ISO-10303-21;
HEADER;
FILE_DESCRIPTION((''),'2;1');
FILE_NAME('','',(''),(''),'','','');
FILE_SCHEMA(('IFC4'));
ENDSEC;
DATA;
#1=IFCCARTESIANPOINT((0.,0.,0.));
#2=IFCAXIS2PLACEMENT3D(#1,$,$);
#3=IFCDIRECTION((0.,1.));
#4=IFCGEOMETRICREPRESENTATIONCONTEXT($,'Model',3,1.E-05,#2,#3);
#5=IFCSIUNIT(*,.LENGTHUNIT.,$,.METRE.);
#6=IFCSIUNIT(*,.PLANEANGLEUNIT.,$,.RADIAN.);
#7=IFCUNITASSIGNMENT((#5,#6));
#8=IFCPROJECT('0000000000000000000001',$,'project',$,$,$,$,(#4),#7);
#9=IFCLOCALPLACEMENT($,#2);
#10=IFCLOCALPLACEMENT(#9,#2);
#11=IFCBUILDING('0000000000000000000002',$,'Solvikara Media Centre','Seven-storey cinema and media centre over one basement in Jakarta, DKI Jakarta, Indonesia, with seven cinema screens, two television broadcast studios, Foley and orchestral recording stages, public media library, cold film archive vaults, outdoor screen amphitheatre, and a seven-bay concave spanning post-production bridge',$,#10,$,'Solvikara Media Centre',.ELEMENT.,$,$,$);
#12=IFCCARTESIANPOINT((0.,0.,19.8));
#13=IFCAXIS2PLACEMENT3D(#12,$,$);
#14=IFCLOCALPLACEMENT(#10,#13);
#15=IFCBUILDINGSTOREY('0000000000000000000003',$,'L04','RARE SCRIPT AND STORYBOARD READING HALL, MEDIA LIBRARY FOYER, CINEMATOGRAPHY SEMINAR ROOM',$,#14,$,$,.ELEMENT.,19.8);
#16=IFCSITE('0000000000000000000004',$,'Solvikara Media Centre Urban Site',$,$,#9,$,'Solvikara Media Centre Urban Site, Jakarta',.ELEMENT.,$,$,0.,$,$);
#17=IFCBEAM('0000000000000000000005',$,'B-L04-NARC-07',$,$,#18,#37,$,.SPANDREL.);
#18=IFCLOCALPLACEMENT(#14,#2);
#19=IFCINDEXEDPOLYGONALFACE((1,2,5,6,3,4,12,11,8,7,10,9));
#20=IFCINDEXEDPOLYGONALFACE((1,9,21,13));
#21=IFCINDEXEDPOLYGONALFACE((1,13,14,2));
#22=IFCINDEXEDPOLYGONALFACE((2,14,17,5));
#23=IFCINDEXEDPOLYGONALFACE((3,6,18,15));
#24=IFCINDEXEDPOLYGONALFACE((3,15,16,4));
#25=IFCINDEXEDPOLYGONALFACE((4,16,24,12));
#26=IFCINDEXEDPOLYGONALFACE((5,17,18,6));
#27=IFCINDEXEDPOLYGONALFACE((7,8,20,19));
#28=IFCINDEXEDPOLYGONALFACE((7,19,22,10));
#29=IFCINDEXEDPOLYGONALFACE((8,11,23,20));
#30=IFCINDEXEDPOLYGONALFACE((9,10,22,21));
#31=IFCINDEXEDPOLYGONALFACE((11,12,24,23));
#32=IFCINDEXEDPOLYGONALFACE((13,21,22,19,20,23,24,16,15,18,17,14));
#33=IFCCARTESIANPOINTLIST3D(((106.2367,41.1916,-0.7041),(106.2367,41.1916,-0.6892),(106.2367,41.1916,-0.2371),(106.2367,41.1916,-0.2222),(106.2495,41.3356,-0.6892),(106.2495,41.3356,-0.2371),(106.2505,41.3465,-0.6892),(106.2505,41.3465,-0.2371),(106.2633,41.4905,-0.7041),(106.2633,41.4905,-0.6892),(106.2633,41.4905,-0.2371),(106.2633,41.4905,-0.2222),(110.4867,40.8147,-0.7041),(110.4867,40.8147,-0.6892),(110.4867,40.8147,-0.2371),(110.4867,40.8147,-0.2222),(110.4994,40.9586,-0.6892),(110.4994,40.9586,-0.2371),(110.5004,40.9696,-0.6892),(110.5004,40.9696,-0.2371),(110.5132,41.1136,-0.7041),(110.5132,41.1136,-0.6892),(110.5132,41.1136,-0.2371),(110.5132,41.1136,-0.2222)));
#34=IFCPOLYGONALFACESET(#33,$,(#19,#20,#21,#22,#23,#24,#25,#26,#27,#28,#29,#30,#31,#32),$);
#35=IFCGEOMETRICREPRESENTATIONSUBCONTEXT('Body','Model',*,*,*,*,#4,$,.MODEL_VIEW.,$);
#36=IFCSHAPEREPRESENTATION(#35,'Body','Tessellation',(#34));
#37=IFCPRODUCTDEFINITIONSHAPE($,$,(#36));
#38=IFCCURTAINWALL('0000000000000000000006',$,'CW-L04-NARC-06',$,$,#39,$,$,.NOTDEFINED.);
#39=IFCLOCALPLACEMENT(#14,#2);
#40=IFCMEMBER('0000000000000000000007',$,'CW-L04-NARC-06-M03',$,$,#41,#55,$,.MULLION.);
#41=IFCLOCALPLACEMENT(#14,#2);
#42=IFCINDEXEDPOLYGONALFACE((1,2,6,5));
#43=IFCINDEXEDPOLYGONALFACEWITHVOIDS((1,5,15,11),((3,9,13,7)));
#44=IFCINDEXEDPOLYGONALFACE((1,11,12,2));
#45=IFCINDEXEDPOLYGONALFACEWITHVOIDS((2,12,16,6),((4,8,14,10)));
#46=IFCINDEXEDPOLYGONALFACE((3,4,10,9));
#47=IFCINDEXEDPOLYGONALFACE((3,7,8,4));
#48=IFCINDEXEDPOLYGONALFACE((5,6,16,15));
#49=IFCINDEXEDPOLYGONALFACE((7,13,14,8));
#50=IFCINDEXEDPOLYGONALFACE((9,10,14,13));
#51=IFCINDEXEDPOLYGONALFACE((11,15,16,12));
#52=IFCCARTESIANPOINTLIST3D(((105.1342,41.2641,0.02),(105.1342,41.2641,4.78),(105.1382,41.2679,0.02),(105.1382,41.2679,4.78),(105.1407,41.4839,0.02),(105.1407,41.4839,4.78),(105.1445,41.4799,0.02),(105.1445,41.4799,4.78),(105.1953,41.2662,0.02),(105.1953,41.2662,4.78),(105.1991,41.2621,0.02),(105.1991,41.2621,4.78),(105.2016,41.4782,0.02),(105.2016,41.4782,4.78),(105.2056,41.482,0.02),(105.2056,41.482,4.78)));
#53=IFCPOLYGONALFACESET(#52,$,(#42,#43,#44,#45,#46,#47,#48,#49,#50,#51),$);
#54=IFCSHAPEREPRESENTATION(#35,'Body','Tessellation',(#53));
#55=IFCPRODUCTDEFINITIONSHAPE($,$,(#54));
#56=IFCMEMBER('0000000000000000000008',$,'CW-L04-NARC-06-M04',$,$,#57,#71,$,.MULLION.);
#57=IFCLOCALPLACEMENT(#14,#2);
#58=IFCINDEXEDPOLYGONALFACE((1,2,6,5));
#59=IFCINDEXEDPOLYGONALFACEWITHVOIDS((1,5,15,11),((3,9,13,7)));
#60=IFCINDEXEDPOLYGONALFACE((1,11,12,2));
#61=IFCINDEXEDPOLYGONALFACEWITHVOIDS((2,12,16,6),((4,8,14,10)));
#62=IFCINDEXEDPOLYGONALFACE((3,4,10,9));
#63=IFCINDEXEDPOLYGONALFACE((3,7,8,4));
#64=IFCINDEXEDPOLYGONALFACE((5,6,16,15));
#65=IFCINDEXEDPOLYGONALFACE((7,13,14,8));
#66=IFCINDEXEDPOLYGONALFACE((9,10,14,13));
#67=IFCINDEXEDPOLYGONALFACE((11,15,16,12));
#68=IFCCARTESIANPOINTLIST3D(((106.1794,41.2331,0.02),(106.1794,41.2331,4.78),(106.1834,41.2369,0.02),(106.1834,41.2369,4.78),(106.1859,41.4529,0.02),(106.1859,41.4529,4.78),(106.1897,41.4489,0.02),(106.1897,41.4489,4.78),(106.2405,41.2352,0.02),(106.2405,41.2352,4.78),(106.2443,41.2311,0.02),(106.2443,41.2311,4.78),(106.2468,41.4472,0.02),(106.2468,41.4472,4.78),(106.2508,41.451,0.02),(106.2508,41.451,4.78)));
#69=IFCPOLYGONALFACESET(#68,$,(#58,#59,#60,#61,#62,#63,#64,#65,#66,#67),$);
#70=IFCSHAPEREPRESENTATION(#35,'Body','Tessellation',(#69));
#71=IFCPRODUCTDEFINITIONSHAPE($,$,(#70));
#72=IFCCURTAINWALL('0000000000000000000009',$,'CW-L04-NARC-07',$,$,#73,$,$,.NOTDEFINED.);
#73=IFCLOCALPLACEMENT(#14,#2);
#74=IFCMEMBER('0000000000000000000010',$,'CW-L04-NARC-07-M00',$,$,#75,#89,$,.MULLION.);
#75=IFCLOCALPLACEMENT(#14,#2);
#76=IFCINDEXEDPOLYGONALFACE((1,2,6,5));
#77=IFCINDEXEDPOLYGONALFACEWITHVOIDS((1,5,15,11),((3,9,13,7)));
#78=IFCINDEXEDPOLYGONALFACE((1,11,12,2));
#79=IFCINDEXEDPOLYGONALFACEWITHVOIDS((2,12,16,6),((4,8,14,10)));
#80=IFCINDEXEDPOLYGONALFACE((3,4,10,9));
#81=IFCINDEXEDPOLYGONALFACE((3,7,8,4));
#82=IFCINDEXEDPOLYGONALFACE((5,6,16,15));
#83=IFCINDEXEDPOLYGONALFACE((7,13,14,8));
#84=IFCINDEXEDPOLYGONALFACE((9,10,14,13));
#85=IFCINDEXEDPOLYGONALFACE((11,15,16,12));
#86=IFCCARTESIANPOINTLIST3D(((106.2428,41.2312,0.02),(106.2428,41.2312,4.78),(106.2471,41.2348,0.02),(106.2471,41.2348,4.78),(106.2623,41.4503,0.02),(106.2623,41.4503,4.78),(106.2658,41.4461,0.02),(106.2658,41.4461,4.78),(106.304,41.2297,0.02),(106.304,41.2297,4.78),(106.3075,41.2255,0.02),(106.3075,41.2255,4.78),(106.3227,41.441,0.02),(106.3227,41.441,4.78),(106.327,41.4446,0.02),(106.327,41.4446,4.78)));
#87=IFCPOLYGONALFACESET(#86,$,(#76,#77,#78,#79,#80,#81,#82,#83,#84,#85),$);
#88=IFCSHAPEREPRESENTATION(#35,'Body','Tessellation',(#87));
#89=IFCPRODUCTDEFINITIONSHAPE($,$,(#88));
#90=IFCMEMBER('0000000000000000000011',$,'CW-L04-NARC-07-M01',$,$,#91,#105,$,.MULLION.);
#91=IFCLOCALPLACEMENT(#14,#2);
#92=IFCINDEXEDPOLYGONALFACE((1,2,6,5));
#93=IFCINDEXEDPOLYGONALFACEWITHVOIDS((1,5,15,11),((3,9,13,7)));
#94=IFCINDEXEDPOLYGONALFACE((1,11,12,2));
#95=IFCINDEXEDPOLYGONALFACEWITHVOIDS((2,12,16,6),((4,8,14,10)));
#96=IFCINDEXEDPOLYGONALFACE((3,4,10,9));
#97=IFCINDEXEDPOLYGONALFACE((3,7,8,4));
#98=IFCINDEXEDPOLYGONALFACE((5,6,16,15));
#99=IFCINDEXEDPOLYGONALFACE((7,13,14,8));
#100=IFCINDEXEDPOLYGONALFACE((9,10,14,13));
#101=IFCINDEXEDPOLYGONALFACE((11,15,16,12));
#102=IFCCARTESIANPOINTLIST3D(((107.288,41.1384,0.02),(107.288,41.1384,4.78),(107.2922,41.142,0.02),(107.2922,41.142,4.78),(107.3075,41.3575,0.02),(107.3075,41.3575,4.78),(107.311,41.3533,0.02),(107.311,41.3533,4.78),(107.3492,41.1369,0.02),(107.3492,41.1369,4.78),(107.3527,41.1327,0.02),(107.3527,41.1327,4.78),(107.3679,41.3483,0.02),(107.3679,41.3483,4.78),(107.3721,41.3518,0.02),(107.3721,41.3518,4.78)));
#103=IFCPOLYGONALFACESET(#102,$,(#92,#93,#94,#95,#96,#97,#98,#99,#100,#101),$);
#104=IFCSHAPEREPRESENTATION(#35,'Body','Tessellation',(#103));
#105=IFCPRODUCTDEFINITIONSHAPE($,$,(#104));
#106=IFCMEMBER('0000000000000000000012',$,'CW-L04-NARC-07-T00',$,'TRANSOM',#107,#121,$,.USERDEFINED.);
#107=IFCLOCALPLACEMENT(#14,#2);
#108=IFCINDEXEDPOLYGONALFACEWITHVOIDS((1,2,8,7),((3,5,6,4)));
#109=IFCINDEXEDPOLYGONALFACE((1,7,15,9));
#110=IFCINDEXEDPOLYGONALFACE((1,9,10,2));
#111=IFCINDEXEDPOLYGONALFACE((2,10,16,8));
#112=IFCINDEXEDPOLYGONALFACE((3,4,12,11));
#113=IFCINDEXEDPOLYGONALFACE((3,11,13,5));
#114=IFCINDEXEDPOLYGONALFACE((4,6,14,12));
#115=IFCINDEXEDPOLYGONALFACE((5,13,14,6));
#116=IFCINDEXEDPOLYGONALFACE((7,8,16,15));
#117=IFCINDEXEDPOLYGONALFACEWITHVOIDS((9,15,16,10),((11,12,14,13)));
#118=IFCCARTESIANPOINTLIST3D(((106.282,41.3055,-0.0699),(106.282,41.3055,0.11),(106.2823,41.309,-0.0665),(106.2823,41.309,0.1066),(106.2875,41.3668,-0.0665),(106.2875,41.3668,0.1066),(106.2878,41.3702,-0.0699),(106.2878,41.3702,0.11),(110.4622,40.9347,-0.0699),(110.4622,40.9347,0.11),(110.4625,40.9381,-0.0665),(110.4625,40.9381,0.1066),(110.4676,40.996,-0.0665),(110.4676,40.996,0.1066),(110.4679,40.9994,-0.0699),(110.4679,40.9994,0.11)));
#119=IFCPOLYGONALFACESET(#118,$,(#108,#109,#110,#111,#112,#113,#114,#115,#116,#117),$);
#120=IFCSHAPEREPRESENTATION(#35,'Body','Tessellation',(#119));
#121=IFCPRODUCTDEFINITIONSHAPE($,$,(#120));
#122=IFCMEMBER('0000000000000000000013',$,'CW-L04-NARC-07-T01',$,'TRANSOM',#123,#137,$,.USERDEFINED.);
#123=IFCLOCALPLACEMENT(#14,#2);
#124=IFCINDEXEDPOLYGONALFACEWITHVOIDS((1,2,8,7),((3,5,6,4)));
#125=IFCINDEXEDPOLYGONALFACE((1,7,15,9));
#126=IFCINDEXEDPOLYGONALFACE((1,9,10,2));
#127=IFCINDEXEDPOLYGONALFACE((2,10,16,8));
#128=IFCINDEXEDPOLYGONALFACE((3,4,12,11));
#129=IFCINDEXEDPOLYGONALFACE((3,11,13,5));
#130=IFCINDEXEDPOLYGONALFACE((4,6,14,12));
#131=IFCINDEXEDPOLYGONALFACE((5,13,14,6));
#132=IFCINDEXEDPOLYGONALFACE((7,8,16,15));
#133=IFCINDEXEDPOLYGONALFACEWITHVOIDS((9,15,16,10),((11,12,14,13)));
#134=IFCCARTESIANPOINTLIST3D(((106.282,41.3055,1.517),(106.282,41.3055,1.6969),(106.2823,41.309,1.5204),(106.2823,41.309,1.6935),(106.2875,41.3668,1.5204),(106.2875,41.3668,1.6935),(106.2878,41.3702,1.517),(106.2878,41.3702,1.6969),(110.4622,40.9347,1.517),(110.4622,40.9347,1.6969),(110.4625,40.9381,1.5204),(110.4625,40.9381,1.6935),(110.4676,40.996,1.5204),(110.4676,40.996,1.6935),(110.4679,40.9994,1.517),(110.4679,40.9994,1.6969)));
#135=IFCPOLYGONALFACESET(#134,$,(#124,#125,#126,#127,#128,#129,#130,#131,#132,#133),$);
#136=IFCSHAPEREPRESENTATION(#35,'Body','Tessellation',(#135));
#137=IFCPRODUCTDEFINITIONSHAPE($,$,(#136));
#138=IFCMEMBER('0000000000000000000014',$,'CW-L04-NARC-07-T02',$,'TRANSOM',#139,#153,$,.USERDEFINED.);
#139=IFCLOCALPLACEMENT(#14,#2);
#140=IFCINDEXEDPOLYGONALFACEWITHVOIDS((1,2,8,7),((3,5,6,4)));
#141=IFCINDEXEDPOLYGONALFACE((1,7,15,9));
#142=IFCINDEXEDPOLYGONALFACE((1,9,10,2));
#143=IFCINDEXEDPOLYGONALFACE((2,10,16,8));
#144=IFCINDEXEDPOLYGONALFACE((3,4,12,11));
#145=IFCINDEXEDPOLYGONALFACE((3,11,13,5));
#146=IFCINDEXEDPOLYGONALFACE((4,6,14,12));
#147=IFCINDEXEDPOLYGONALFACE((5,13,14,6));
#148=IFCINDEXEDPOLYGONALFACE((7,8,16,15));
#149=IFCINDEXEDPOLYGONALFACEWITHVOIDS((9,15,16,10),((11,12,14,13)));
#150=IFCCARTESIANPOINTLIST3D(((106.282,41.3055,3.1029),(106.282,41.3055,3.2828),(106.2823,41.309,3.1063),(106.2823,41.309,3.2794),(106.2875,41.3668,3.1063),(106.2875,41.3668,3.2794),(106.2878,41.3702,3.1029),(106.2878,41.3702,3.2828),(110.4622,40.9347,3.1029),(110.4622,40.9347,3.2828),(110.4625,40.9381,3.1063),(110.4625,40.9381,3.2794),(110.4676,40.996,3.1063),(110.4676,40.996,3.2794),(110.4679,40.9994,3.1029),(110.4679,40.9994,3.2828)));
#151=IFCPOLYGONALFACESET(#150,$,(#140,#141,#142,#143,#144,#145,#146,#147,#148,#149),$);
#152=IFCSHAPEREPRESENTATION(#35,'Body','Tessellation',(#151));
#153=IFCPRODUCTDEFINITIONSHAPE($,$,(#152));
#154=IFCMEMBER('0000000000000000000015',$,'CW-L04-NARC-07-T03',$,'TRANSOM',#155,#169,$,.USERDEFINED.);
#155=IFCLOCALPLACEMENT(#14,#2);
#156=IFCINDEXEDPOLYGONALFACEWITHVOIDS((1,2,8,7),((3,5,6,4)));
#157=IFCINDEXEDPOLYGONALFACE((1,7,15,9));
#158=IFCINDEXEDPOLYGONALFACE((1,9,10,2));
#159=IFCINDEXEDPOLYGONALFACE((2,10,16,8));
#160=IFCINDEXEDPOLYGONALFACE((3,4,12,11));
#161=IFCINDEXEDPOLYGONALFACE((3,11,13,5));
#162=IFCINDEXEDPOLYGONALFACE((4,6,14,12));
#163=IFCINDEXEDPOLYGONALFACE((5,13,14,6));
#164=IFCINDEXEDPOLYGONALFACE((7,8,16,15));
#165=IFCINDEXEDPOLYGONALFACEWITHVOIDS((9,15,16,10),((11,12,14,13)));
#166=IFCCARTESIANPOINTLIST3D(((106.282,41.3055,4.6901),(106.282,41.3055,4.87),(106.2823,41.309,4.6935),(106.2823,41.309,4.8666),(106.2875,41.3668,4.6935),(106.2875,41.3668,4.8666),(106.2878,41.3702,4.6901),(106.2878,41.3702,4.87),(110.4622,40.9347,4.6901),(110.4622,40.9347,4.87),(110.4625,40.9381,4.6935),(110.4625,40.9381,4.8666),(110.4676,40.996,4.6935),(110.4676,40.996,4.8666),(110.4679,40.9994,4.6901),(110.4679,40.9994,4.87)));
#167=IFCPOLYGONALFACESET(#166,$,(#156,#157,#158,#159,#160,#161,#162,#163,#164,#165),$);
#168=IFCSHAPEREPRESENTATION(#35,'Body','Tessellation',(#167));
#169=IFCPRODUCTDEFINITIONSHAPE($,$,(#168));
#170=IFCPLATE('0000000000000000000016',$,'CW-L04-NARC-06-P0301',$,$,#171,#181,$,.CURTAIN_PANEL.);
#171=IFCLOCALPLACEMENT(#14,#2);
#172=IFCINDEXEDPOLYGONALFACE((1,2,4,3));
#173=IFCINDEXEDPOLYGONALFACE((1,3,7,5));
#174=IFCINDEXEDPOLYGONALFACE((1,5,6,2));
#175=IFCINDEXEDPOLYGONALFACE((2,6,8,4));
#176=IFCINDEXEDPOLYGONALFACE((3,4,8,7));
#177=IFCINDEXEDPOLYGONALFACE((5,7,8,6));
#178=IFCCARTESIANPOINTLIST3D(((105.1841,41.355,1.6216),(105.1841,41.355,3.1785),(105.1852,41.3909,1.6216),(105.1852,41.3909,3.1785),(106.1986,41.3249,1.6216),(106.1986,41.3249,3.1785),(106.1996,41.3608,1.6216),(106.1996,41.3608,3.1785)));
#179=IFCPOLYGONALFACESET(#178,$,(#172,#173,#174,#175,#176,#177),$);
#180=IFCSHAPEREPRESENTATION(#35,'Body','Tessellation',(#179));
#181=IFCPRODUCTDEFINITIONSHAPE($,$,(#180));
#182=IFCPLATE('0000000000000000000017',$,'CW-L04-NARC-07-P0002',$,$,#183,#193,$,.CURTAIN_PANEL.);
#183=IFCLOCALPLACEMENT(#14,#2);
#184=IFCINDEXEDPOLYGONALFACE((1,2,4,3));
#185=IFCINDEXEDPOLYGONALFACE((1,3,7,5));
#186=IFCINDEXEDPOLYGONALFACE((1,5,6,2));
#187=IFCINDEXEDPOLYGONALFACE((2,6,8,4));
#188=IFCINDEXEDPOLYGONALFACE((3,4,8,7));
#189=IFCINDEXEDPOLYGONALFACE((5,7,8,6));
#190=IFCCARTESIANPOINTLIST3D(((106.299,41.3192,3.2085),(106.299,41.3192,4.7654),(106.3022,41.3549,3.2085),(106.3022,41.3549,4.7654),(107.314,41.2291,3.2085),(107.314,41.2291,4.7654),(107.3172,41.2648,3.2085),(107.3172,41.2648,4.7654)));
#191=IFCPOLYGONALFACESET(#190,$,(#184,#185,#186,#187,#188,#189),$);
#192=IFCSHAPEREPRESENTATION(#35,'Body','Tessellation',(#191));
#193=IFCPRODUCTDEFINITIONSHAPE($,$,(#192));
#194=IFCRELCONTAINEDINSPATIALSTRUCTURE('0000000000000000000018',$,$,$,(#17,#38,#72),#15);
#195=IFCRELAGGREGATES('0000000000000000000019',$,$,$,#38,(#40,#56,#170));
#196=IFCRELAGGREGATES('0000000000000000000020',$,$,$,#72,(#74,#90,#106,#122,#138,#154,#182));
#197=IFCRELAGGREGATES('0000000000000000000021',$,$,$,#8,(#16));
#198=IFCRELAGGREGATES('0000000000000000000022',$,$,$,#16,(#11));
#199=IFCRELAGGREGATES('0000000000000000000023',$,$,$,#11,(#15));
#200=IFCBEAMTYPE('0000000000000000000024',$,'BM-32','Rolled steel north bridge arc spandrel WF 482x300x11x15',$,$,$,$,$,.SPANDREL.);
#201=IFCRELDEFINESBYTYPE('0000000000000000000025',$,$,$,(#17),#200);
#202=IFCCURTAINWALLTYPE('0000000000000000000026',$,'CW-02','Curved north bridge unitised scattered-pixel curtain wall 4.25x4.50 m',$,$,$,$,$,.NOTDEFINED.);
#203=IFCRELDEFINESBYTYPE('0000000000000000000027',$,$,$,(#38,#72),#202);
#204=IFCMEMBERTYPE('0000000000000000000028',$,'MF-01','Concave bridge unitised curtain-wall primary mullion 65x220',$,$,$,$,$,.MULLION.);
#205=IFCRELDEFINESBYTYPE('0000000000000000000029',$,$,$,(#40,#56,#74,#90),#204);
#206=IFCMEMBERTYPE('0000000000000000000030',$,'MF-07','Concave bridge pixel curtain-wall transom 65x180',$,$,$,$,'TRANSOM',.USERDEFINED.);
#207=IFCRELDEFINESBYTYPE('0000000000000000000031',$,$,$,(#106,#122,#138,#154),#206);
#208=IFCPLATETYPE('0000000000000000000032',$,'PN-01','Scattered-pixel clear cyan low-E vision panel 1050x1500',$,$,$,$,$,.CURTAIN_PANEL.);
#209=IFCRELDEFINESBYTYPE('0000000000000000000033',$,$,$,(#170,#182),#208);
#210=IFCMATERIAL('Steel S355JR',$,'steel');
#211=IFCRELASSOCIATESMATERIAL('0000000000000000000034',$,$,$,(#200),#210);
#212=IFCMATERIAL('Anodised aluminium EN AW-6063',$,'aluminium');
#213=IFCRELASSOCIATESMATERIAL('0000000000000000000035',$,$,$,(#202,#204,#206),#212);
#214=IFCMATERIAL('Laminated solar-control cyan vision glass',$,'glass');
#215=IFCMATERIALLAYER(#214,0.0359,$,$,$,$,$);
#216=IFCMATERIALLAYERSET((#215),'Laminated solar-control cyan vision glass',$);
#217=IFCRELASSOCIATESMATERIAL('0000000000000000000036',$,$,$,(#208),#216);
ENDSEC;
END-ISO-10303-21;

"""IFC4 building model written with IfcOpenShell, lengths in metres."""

from ifc_helpers import new_model, si_unit, direction, frame, origin, origin_2d, place, context, subcontext, project, spatial, rectangle, hollow_rectangle, i_section, extrude, material, layer, layer_set, material_profile, profile_set, type_object, element, aggregate, save


model = new_model("IFC4")

# Units and contexts
model_context = context("Model", 3, precision=1e-05, world=origin(), true_north=direction((0.0, 1.0)))
body_context = subcontext(model_context, "Body", "Model", "MODEL_VIEW")
ifc_project = project(units=[si_unit("LENGTHUNIT", "METRE"), si_unit("PLANEANGLEUNIT", "RADIAN")], contexts=[model_context])

# Site, building, storey
site_placement = place(None, origin())
site = spatial("IfcSite", under=ifc_project, at=site_placement, Name="Solvikara Media Centre Urban Site", LongName="Solvikara Media Centre Urban Site, Jakarta", CompositionType="ELEMENT", RefElevation=0.0)
building_placement = place(site_placement, origin())
building = spatial("IfcBuilding", under=site, at=building_placement, Name="Solvikara Media Centre", Description="Seven-storey cinema and media centre over one basement in Jakarta, DKI Jakarta, Indonesia, with seven cinema screens, two television broadcast studios, Foley and orchestral recording stages, public media library, cold film archive vaults, outdoor screen amphitheatre, and a seven-bay concave spanning post-production bridge", LongName="Solvikara Media Centre", CompositionType="ELEMENT")
storey_placement = place(building_placement, frame((0.0, 0.0, 19.8)))
storey = spatial("IfcBuildingStorey", under=building, at=storey_placement, Name="L04", Description="RARE SCRIPT AND STORYBOARD READING HALL, MEDIA LIBRARY FOYER, CINEMATOGRAPHY SEMINAR ROOM", CompositionType="ELEMENT", Elevation=19.8)

# Beam
ifc_material_1 = material(Name="Steel S355JR", Category="steel")
ifc_material_profile_1 = material_profile(ifc_material_1, i_section(OverallWidth=0.3, OverallDepth=0.4819, WebThickness=0.011, FlangeThickness=0.0149, at=origin_2d()), Name="WF 482x300x11x15")
ifc_profile_set_1 = profile_set([ifc_material_profile_1], Name="Steel S355JR")
beam_type = type_object("IfcBeamType", Name="BM-32", Description="Rolled steel north bridge arc spandrel WF 482x300x11x15", PredefinedType="SPANDREL", material=ifc_profile_set_1)
beam_placement = place(storey_placement, frame((106.25, 41.3411, -0.4631), z_axis=(0.99609, -0.088348, 0.0), x_axis=(0.088348, 0.99609, 0.0)))
element("IfcBeam", 1, at=beam_placement, inside=storey, type_object=beam_type, Name="B-L04-NARC-07", PredefinedType="SPANDREL", context=body_context, shape_type="SweptSolid", body=[
    extrude(i_section(OverallWidth=0.3, OverallDepth=0.4819, WebThickness=0.011, FlangeThickness=0.0149, at=origin_2d()), origin(), (0.0, 0.0, 1.0), 4.2666),
])

# Curtain walls, members
ifc_material_2 = material(Name="Anodised aluminium EN AW-6063", Category="aluminium")
curtain_wall_type = type_object("IfcCurtainWallType", Name="CW-02", Description="Curved north bridge unitised scattered-pixel curtain wall 4.25x4.50 m", PredefinedType="NOTDEFINED", material=ifc_material_2)
curtain_wall_1_placement = place(storey_placement, origin())
curtain_wall_1 = element("IfcCurtainWall", 2, at=curtain_wall_1_placement, inside=storey, type_object=curtain_wall_type, Name="CW-L04-NARC-06", PredefinedType="NOTDEFINED")
ifc_material_profile_2 = material_profile(ifc_material_2, hollow_rectangle(XDim=0.0649, YDim=0.22, WallThickness=0.0039, at=origin_2d()), Name="ALU-M 65x220x4")
ifc_profile_set_2 = profile_set([ifc_material_profile_2], Name="Anodised aluminium EN AW-6063")
member_type_1 = type_object("IfcMemberType", Name="MF-01", Description="Concave bridge unitised curtain-wall primary mullion 65x220", PredefinedType="MULLION", material=ifc_profile_set_2)
member_1_placement = place(storey_placement, frame((105.1699, 41.373, 0.02), z_axis=(0.0, 0.0, 1.0), x_axis=(0.99956, -0.029649, 0.0)))
member_1 = element("IfcMember", 3, at=member_1_placement, type_object=member_type_1, Name="CW-L04-NARC-06-M03", PredefinedType="MULLION", context=body_context, shape_type="SweptSolid", body=[
    extrude(hollow_rectangle(XDim=0.0649, YDim=0.22, WallThickness=0.0039, at=origin_2d()), origin(), (0.0, 0.0, 1.0), 4.76),
])
member_2_placement = place(storey_placement, frame((106.2151, 41.342, 0.02), z_axis=(0.0, 0.0, 1.0), x_axis=(0.99956, -0.029649, 0.0)))
member_2 = element("IfcMember", 4, at=member_2_placement, type_object=member_type_1, Name="CW-L04-NARC-06-M04", PredefinedType="MULLION", context=body_context, shape_type="SweptSolid", body=[
    extrude(hollow_rectangle(XDim=0.0649, YDim=0.22, WallThickness=0.0039, at=origin_2d()), origin(), (0.0, 0.0, 1.0), 4.76),
])
curtain_wall_2_placement = place(storey_placement, origin())
curtain_wall_2 = element("IfcCurtainWall", 5, at=curtain_wall_2_placement, inside=storey, type_object=curtain_wall_type, Name="CW-L04-NARC-07", PredefinedType="NOTDEFINED")
member_3_placement = place(storey_placement, frame((106.2849, 41.3379, 0.02), z_axis=(0.0, 0.0, 1.0), x_axis=(0.996084, -0.088408, 0.0)))
member_3 = element("IfcMember", 6, at=member_3_placement, type_object=member_type_1, Name="CW-L04-NARC-07-M00", PredefinedType="MULLION", context=body_context, shape_type="SweptSolid", body=[
    extrude(hollow_rectangle(XDim=0.0649, YDim=0.22, WallThickness=0.0039, at=origin_2d()), origin(), (0.0, 0.0, 1.0), 4.76),
])
member_4_placement = place(storey_placement, frame((107.3301, 41.2451, 0.02), z_axis=(0.0, 0.0, 1.0), x_axis=(0.996084, -0.088408, 0.0)))
member_4 = element("IfcMember", 7, at=member_4_placement, type_object=member_type_1, Name="CW-L04-NARC-07-M01", PredefinedType="MULLION", context=body_context, shape_type="SweptSolid", body=[
    extrude(hollow_rectangle(XDim=0.0649, YDim=0.22, WallThickness=0.0039, at=origin_2d()), origin(), (0.0, 0.0, 1.0), 4.76),
])
ifc_material_profile_3 = material_profile(ifc_material_2, hollow_rectangle(XDim=0.0649, YDim=0.1799, WallThickness=0.0034, at=origin_2d()), Name="ALU-T 65x180x3.5")
ifc_profile_set_3 = profile_set([ifc_material_profile_3], Name="Anodised aluminium EN AW-6063")
member_type_2 = type_object("IfcMemberType", Name="MF-07", Description="Concave bridge pixel curtain-wall transom 65x180", ElementType="TRANSOM", PredefinedType="USERDEFINED", material=ifc_profile_set_3)
member_5_placement = place(storey_placement, frame((106.2849, 41.3379, 0.02), z_axis=(0.996088, -0.088369, 0.0), x_axis=(0.088369, 0.996088, 0.0)))
member_5 = element("IfcMember", 8, at=member_5_placement, type_object=member_type_2, Name="CW-L04-NARC-07-T00", ObjectType="TRANSOM", PredefinedType="USERDEFINED", context=body_context, shape_type="SweptSolid", body=[
    extrude(hollow_rectangle(XDim=0.0649, YDim=0.1799, WallThickness=0.0034, at=origin_2d()), origin(), (0.0, 0.0, 1.0), 4.1965),
])
member_6_placement = place(storey_placement, frame((106.2849, 41.3379, 1.6069), z_axis=(0.996088, -0.088369, 0.0), x_axis=(0.088369, 0.996088, 0.0)))
member_6 = element("IfcMember", 9, at=member_6_placement, type_object=member_type_2, Name="CW-L04-NARC-07-T01", ObjectType="TRANSOM", PredefinedType="USERDEFINED", context=body_context, shape_type="SweptSolid", body=[
    extrude(hollow_rectangle(XDim=0.0649, YDim=0.1799, WallThickness=0.0034, at=origin_2d()), origin(), (0.0, 0.0, 1.0), 4.1965),
])
member_7_placement = place(storey_placement, frame((106.2849, 41.3379, 3.1929), z_axis=(0.996088, -0.088369, 0.0), x_axis=(0.088369, 0.996088, 0.0)))
member_7 = element("IfcMember", 10, at=member_7_placement, type_object=member_type_2, Name="CW-L04-NARC-07-T02", ObjectType="TRANSOM", PredefinedType="USERDEFINED", context=body_context, shape_type="SweptSolid", body=[
    extrude(hollow_rectangle(XDim=0.0649, YDim=0.1799, WallThickness=0.0034, at=origin_2d()), origin(), (0.0, 0.0, 1.0), 4.1965),
])
member_8_placement = place(storey_placement, frame((106.2849, 41.3379, 4.78), z_axis=(0.996088, -0.088369, 0.0), x_axis=(0.088369, 0.996088, 0.0)))
member_8 = element("IfcMember", 11, at=member_8_placement, type_object=member_type_2, Name="CW-L04-NARC-07-T03", ObjectType="TRANSOM", PredefinedType="USERDEFINED", context=body_context, shape_type="SweptSolid", body=[
    extrude(hollow_rectangle(XDim=0.0649, YDim=0.1799, WallThickness=0.0034, at=origin_2d()), origin(), (0.0, 0.0, 1.0), 4.1965),
])

# Plates
ifc_material_3 = material(Name="Laminated solar-control cyan vision glass", Category="glass")
ifc_layer_1 = layer(ifc_material_3, 0.0359)
ifc_layer_set_1 = layer_set([ifc_layer_1], Name="Laminated solar-control cyan vision glass")
plate_type_1 = type_object("IfcPlateType", Name="PN-01", Description="Scattered-pixel clear cyan low-E vision panel 1050x1500", PredefinedType="CURTAIN_PANEL", material=ifc_layer_set_1)
plate_1_placement = place(storey_placement, frame((105.6919, 41.3579, 1.6216), z_axis=(0.0, 0.0, 1.0), x_axis=(0.99956, -0.029649, 0.0)))
plate_1 = element("IfcPlate", 12, at=plate_1_placement, type_object=plate_type_1, Name="CW-L04-NARC-06-P0301", PredefinedType="CURTAIN_PANEL", context=body_context, shape_type="SweptSolid", body=[
    extrude(rectangle(XDim=1.0149, YDim=0.0359, at=origin_2d()), origin(), (0.0, 0.0, 1.0), 1.5569),
])
plate_2_placement = place(storey_placement, frame((106.8081, 41.292, 3.2085), z_axis=(0.0, 0.0, 1.0), x_axis=(0.996084, -0.088408, 0.0)))
plate_2 = element("IfcPlate", 13, at=plate_2_placement, type_object=plate_type_1, Name="CW-L04-NARC-07-P0002", PredefinedType="CURTAIN_PANEL", context=body_context, shape_type="SweptSolid", body=[
    extrude(rectangle(XDim=1.019, YDim=0.0359, at=origin_2d()), origin(), (0.0, 0.0, 1.0), 1.5569),
])
aggregate(curtain_wall_1, [member_1, member_2, plate_1])
aggregate(curtain_wall_2, [member_3, member_4, member_5, member_6, member_7, member_8, plate_2])

save(model, "model.ifc")
